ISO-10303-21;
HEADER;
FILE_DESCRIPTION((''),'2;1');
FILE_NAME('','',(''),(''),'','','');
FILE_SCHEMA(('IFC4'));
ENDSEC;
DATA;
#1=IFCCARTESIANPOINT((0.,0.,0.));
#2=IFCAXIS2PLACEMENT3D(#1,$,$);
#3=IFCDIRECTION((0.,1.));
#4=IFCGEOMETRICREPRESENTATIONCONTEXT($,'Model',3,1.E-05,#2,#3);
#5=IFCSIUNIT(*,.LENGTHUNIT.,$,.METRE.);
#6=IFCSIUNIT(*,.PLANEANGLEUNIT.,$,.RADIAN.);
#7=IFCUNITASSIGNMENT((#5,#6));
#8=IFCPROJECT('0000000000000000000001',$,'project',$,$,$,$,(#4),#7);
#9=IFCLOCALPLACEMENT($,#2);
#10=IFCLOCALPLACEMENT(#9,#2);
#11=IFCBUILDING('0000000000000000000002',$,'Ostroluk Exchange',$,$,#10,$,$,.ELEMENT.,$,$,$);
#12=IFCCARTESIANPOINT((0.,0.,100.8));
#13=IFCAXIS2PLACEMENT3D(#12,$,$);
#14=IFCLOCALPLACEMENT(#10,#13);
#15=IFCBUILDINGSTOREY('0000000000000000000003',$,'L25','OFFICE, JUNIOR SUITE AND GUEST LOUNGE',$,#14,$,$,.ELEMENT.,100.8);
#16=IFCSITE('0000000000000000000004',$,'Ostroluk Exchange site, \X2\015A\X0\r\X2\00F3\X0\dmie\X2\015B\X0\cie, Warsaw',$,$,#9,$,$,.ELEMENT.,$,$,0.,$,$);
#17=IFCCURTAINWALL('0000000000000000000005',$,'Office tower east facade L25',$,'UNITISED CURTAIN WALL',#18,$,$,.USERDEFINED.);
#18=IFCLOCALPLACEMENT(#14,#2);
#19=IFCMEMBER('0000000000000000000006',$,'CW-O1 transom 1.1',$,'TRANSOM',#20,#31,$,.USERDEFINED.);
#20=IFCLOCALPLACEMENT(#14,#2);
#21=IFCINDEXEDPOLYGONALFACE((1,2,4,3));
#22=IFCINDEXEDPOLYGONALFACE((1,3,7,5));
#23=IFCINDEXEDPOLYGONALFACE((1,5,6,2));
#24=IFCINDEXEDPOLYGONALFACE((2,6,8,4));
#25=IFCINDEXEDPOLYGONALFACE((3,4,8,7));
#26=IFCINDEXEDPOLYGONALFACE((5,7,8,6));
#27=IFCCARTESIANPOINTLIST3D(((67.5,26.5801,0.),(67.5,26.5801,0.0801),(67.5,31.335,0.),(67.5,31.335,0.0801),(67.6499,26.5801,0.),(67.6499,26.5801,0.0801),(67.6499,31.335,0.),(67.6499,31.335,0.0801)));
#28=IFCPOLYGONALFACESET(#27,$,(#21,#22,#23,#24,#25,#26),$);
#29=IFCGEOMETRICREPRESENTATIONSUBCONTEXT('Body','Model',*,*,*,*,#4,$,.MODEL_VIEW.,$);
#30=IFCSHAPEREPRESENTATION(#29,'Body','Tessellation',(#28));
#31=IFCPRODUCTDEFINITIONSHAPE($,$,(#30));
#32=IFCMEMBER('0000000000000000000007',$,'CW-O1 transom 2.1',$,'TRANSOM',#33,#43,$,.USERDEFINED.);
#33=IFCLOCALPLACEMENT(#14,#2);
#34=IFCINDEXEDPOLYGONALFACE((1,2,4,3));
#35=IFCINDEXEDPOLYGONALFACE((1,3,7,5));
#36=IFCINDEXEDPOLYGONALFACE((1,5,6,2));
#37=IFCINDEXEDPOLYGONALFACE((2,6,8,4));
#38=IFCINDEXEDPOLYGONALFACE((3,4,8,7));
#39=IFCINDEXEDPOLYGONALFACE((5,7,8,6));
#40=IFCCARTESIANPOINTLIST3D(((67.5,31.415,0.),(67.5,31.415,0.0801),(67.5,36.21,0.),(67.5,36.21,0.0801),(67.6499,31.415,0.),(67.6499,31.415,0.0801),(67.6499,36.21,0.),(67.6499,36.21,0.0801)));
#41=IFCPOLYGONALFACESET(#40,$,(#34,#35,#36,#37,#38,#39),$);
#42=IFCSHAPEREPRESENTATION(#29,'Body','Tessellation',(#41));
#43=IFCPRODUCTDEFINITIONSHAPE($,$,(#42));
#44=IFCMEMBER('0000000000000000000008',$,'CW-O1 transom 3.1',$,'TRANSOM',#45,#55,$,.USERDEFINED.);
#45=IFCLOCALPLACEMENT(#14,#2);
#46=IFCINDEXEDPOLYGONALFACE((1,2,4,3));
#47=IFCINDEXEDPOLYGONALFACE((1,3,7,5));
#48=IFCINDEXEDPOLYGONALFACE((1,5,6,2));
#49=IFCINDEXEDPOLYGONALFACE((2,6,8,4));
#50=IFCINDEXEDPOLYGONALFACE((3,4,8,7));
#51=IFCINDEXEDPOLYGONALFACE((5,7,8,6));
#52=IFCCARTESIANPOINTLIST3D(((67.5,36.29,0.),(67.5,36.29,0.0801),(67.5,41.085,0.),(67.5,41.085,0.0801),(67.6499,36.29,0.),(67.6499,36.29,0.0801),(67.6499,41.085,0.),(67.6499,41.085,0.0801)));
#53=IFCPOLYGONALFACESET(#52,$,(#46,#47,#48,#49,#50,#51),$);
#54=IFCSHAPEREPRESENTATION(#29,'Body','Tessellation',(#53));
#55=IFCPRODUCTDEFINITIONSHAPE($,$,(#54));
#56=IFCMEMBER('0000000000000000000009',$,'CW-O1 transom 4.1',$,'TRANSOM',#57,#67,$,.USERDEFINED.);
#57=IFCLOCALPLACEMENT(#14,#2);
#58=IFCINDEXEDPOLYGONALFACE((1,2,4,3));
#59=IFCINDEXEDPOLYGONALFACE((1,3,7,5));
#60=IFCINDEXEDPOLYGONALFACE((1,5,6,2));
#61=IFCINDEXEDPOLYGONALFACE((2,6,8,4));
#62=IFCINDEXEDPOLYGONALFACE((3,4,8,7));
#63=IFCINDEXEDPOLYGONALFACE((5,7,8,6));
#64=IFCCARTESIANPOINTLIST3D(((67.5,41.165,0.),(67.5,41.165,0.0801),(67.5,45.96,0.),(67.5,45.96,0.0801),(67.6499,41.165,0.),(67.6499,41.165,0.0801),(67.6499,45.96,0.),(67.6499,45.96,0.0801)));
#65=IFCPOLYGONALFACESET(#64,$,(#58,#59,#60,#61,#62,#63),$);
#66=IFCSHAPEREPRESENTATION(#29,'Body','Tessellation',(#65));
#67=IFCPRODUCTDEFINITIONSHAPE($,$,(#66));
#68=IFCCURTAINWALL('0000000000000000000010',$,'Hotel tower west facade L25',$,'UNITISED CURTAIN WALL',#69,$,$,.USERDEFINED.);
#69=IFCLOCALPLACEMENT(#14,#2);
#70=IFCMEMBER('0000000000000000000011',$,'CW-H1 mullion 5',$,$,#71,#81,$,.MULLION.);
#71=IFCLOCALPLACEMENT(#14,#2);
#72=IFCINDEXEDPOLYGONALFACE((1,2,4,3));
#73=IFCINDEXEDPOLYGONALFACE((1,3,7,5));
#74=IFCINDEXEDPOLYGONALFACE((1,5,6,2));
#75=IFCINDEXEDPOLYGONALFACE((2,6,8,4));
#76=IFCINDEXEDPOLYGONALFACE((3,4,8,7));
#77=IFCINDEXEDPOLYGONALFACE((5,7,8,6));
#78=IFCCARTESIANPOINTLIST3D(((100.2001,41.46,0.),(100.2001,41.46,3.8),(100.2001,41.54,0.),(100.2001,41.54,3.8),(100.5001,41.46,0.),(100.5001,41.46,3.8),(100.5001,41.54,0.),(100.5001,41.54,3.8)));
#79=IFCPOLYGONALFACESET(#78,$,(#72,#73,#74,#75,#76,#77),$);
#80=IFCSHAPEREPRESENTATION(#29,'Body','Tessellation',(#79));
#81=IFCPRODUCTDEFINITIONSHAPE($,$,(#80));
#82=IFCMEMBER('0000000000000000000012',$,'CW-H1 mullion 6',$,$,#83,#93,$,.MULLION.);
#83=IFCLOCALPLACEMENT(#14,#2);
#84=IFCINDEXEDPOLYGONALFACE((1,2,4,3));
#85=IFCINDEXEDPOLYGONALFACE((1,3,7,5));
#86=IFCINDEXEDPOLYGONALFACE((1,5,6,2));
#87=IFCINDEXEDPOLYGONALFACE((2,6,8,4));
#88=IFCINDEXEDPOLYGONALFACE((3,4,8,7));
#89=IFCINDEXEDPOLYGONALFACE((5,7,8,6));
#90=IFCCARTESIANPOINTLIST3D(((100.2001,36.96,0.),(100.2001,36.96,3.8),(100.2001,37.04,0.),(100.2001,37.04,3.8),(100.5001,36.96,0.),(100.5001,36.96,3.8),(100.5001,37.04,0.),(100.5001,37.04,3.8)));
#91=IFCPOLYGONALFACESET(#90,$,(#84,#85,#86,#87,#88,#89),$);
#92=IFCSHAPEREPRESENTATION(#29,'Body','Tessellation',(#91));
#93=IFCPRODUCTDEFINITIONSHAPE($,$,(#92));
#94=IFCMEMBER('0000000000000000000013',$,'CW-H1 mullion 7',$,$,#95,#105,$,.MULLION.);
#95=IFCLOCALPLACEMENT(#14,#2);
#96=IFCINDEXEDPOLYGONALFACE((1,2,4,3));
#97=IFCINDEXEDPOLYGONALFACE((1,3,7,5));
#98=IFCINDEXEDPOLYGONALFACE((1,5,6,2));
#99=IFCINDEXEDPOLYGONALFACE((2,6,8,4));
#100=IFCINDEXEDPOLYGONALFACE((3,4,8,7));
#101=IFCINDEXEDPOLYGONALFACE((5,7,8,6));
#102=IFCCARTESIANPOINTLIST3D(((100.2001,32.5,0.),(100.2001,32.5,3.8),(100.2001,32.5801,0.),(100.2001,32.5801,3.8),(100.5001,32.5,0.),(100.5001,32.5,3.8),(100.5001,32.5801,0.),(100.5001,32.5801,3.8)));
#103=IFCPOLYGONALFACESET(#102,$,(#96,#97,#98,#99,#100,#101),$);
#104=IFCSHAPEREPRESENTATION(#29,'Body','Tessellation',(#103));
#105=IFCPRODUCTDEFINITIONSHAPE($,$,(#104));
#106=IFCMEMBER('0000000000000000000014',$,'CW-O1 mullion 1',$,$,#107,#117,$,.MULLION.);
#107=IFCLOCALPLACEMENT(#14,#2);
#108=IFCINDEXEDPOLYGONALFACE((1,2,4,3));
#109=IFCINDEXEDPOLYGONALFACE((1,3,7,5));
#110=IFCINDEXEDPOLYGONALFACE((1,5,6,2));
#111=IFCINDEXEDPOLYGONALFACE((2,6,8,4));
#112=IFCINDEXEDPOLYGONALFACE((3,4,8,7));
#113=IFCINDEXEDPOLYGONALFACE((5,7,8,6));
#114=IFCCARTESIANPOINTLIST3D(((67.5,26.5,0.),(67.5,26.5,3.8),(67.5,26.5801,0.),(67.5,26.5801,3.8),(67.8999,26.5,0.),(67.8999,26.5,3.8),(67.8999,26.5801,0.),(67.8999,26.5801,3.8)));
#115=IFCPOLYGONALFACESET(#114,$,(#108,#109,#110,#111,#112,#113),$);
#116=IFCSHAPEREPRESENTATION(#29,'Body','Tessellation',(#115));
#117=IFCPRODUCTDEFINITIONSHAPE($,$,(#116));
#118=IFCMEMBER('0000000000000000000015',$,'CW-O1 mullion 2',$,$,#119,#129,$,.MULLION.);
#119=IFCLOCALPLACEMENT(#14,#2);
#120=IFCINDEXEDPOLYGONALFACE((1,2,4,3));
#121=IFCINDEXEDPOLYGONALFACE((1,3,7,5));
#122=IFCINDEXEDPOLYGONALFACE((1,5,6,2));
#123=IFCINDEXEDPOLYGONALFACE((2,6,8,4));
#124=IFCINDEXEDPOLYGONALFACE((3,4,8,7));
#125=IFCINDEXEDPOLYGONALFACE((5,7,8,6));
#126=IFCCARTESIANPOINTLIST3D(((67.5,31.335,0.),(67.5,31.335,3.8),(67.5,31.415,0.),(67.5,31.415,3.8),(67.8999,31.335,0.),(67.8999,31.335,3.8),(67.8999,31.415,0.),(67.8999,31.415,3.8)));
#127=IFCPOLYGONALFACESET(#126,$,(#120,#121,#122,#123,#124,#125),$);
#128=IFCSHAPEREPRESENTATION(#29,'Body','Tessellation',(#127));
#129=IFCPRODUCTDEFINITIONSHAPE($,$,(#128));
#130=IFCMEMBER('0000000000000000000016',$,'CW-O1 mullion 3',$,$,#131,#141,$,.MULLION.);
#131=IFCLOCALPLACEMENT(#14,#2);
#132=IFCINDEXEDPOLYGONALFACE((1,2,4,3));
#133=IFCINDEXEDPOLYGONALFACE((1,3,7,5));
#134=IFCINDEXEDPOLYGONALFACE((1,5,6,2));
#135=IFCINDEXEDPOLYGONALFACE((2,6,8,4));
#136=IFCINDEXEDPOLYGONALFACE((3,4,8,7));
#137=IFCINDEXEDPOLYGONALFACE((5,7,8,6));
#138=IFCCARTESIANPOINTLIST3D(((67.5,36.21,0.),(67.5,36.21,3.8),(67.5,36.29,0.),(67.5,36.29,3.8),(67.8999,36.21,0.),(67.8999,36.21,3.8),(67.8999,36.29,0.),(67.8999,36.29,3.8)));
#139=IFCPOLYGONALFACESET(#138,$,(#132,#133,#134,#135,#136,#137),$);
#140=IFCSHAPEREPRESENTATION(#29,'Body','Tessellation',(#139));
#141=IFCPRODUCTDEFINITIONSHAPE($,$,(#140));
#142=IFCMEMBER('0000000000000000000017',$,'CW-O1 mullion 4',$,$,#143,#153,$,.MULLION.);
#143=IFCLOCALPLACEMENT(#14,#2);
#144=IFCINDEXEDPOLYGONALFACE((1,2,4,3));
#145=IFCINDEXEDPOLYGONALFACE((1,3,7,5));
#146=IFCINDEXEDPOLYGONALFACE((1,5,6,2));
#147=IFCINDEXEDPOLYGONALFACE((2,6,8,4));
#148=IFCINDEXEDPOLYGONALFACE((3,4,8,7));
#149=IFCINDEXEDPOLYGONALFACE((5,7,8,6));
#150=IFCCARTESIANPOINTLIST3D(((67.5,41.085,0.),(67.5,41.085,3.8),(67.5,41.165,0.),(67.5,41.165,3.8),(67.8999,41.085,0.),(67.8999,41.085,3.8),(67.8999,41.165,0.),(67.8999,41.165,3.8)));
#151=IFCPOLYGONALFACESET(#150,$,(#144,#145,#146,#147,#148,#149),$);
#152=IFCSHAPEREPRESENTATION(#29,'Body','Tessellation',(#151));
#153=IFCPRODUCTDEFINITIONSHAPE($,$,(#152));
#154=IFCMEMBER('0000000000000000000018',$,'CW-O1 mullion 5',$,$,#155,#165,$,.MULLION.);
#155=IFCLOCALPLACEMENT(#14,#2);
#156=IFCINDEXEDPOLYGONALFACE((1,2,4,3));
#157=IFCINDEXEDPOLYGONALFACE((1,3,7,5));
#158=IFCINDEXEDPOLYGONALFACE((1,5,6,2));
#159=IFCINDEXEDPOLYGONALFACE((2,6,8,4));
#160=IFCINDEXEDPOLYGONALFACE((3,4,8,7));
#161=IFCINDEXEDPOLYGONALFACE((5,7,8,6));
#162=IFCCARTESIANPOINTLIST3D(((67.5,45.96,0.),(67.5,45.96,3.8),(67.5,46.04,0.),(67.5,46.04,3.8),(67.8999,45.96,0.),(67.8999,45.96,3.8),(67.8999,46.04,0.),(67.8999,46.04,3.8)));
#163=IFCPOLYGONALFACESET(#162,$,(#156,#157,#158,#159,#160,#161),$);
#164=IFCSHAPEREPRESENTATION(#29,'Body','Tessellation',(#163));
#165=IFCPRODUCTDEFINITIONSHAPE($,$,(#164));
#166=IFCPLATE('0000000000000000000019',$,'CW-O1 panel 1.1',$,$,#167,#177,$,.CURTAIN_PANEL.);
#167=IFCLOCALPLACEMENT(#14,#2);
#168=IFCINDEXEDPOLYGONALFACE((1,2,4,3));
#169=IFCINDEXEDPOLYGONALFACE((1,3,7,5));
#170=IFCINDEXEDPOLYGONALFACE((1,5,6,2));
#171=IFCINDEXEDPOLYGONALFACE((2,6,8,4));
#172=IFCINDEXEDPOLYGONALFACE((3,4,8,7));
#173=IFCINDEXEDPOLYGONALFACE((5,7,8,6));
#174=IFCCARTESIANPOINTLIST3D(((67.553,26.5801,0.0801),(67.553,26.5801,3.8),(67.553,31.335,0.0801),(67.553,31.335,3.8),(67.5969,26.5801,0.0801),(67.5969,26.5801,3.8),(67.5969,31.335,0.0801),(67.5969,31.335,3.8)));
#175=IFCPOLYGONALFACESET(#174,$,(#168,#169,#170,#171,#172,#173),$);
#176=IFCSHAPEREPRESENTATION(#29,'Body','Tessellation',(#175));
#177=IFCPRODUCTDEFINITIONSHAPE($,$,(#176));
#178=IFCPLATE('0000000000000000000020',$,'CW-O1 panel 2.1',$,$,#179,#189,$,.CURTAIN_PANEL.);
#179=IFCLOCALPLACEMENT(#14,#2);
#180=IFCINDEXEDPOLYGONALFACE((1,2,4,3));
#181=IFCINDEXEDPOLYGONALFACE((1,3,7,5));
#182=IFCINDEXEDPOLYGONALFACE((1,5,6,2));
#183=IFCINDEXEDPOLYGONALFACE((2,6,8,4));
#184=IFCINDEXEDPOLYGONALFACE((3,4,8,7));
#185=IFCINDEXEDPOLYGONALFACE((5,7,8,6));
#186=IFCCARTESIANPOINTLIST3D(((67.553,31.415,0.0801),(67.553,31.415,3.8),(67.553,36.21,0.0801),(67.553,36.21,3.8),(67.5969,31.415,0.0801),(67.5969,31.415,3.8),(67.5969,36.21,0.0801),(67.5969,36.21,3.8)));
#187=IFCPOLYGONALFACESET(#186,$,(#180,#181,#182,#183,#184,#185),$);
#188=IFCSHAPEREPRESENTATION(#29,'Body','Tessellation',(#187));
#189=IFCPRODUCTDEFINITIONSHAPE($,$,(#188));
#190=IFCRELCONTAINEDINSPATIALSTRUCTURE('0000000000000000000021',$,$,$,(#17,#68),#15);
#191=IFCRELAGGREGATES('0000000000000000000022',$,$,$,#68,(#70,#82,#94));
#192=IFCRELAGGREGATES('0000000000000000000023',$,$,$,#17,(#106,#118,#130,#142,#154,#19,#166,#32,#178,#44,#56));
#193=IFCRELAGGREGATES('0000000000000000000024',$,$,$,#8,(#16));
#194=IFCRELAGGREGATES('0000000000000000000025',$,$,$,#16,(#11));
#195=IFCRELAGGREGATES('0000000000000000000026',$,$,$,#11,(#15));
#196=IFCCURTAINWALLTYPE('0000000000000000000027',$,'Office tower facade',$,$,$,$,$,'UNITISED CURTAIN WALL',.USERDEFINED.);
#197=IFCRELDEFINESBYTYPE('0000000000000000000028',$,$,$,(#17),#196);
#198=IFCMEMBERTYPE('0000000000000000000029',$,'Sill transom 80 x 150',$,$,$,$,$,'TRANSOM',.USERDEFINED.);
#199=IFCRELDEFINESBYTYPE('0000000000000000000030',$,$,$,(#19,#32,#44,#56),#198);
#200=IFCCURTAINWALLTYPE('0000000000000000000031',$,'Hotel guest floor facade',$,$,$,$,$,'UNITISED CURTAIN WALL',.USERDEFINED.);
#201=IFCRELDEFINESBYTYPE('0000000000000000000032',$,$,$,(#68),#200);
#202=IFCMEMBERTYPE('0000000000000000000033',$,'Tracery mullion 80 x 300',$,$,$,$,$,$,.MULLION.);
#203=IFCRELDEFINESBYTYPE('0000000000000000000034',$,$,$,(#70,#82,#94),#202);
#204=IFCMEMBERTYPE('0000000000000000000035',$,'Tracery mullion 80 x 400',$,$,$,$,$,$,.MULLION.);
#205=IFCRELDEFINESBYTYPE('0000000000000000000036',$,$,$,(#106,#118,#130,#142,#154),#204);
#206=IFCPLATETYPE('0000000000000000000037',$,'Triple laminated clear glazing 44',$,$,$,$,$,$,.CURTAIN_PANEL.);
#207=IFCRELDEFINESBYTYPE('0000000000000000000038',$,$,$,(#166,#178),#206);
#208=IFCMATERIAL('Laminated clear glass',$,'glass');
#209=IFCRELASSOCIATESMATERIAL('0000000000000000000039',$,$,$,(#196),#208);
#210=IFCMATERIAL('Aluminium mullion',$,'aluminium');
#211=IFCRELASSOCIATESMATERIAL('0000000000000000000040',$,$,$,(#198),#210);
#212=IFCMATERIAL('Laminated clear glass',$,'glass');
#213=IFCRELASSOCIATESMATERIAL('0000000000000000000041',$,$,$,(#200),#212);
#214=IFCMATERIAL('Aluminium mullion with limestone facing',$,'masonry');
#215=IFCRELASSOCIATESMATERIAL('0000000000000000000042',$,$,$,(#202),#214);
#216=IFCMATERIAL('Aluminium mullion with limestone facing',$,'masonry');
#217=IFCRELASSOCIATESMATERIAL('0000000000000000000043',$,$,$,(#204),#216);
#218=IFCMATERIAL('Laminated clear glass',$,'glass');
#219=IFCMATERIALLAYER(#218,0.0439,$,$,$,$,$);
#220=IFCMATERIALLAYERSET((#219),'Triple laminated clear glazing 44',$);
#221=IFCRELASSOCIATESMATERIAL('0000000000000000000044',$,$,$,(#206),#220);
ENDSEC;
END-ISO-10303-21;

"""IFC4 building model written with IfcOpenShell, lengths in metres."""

from ifc_helpers import new_model, si_unit, direction, frame, origin, origin_2d, place, context, subcontext, project, spatial, rectangle, extrude, material, layer, layer_set, material_profile, profile_set, type_object, element, aggregate, save


model = new_model("IFC4")

# Units and contexts
model_context = context("Model", 3, precision=1e-05, world=origin(), true_north=direction((0.0, 1.0)))
body_context = subcontext(model_context, "Body", "Model", "MODEL_VIEW")
ifc_project = project(units=[si_unit("LENGTHUNIT", "METRE"), si_unit("PLANEANGLEUNIT", "RADIAN")], contexts=[model_context])

# Site, building, storey
site_placement = place(None, origin())
site = spatial("IfcSite", under=ifc_project, at=site_placement, Name="Ostroluk Exchange site, Śródmieście, Warsaw", CompositionType="ELEMENT", RefElevation=0.0)
building_placement = place(site_placement, origin())
building = spatial("IfcBuilding", under=site, at=building_placement, Name="Ostroluk Exchange", CompositionType="ELEMENT")
storey_placement = place(building_placement, frame((0.0, 0.0, 100.8)))
storey = spatial("IfcBuildingStorey", under=building, at=storey_placement, Name="L25", Description="OFFICE, JUNIOR SUITE AND GUEST LOUNGE", CompositionType="ELEMENT", Elevation=100.8)

# Curtain walls, members
ifc_material_1 = material(Name="Laminated clear glass", Category="glass")
curtain_wall_type_1 = type_object("IfcCurtainWallType", Name="Office tower facade", ElementType="UNITISED CURTAIN WALL", PredefinedType="USERDEFINED", material=ifc_material_1)
curtain_wall_1_placement = place(storey_placement, origin())
curtain_wall_1 = element("IfcCurtainWall", 1, at=curtain_wall_1_placement, inside=storey, type_object=curtain_wall_type_1, Name="Office tower east facade L25", ObjectType="UNITISED CURTAIN WALL", PredefinedType="USERDEFINED")
ifc_material_2 = material(Name="Aluminium mullion", Category="aluminium")
ifc_material_profile_1 = material_profile(ifc_material_2, rectangle(XDim=0.1499, YDim=0.0801, at=origin_2d()), Name="Sill transom 80 x 150")
ifc_profile_set_1 = profile_set([ifc_material_profile_1], Name="Aluminium mullion")
member_type_1 = type_object("IfcMemberType", Name="Sill transom 80 x 150", ElementType="TRANSOM", PredefinedType="USERDEFINED", material=ifc_profile_set_1)
member_1_placement = place(storey_placement, frame((67.575, 26.5801, 0.04), z_axis=(0.0, 1.0, 0.0), x_axis=(-1.0, 0.0, 0.0)))
member_1 = element("IfcMember", 2, at=member_1_placement, type_object=member_type_1, Name="CW-O1 transom 1.1", ObjectType="TRANSOM", PredefinedType="USERDEFINED", context=body_context, shape_type="SweptSolid", body=[
    extrude(rectangle(XDim=0.1499, YDim=0.0801, at=origin_2d()), origin(), (0.0, 0.0, 1.0), 4.7549),
])
member_2_placement = place(storey_placement, frame((67.575, 31.415, 0.04), z_axis=(0.0, 1.0, 0.0), x_axis=(-1.0, 0.0, 0.0)))
member_2 = element("IfcMember", 3, at=member_2_placement, type_object=member_type_1, Name="CW-O1 transom 2.1", ObjectType="TRANSOM", PredefinedType="USERDEFINED", context=body_context, shape_type="SweptSolid", body=[
    extrude(rectangle(XDim=0.1499, YDim=0.0801, at=origin_2d()), origin(), (0.0, 0.0, 1.0), 4.7949),
])
member_3_placement = place(storey_placement, frame((67.575, 36.29, 0.04), z_axis=(0.0, 1.0, 0.0), x_axis=(-1.0, 0.0, 0.0)))
member_3 = element("IfcMember", 4, at=member_3_placement, type_object=member_type_1, Name="CW-O1 transom 3.1", ObjectType="TRANSOM", PredefinedType="USERDEFINED", context=body_context, shape_type="SweptSolid", body=[
    extrude(rectangle(XDim=0.1499, YDim=0.0801, at=origin_2d()), origin(), (0.0, 0.0, 1.0), 4.7949),
])
member_4_placement = place(storey_placement, frame((67.575, 41.165, 0.04), z_axis=(0.0, 1.0, 0.0), x_axis=(-1.0, 0.0, 0.0)))
member_4 = element("IfcMember", 5, at=member_4_placement, type_object=member_type_1, Name="CW-O1 transom 4.1", ObjectType="TRANSOM", PredefinedType="USERDEFINED", context=body_context, shape_type="SweptSolid", body=[
    extrude(rectangle(XDim=0.1499, YDim=0.0801, at=origin_2d()), origin(), (0.0, 0.0, 1.0), 4.7949),
])
ifc_material_3 = material(Name="Laminated clear glass", Category="glass")
curtain_wall_type_2 = type_object("IfcCurtainWallType", Name="Hotel guest floor facade", ElementType="UNITISED CURTAIN WALL", PredefinedType="USERDEFINED", material=ifc_material_3)
curtain_wall_2_placement = place(storey_placement, origin())
curtain_wall_2 = element("IfcCurtainWall", 6, at=curtain_wall_2_placement, inside=storey, type_object=curtain_wall_type_2, Name="Hotel tower west facade L25", ObjectType="UNITISED CURTAIN WALL", PredefinedType="USERDEFINED")
ifc_material_4 = material(Name="Aluminium mullion with limestone facing", Category="masonry")
ifc_material_profile_2 = material_profile(ifc_material_4, rectangle(XDim=0.3, YDim=0.0801, at=origin_2d()), Name="Tracery mullion 80 x 300")
ifc_profile_set_2 = profile_set([ifc_material_profile_2], Name="Aluminium mullion with limestone facing")
member_type_2 = type_object("IfcMemberType", Name="Tracery mullion 80 x 300", PredefinedType="MULLION", material=ifc_profile_set_2)
member_5_placement = place(storey_placement, frame((100.3501, 41.5, 0.0), z_axis=(0.0, 0.0, 1.0), x_axis=(1.0, 0.0, 0.0)))
member_5 = element("IfcMember", 7, at=member_5_placement, type_object=member_type_2, Name="CW-H1 mullion 5", PredefinedType="MULLION", context=body_context, shape_type="SweptSolid", body=[
    extrude(rectangle(XDim=0.3, YDim=0.0801, at=origin_2d()), origin(), (0.0, 0.0, 1.0), 3.8),
])
member_6_placement = place(storey_placement, frame((100.3501, 37.0, 0.0), z_axis=(0.0, 0.0, 1.0), x_axis=(1.0, 0.0, 0.0)))
member_6 = element("IfcMember", 8, at=member_6_placement, type_object=member_type_2, Name="CW-H1 mullion 6", PredefinedType="MULLION", context=body_context, shape_type="SweptSolid", body=[
    extrude(rectangle(XDim=0.3, YDim=0.0801, at=origin_2d()), origin(), (0.0, 0.0, 1.0), 3.8),
])
member_7_placement = place(storey_placement, frame((100.3501, 32.54, 0.0), z_axis=(0.0, 0.0, 1.0), x_axis=(1.0, 0.0, 0.0)))
member_7 = element("IfcMember", 9, at=member_7_placement, type_object=member_type_2, Name="CW-H1 mullion 7", PredefinedType="MULLION", context=body_context, shape_type="SweptSolid", body=[
    extrude(rectangle(XDim=0.3, YDim=0.0801, at=origin_2d()), origin(), (0.0, 0.0, 1.0), 3.8),
])
aggregate(curtain_wall_2, [member_5, member_6, member_7])

# Members
ifc_material_5 = material(Name="Aluminium mullion with limestone facing", Category="masonry")
ifc_material_profile_3 = material_profile(ifc_material_5, rectangle(XDim=0.3999, YDim=0.0801, at=origin_2d()), Name="Tracery mullion 80 x 400")
ifc_profile_set_3 = profile_set([ifc_material_profile_3], Name="Aluminium mullion with limestone facing")
member_type_3 = type_object("IfcMemberType", Name="Tracery mullion 80 x 400", PredefinedType="MULLION", material=ifc_profile_set_3)
member_8_placement = place(storey_placement, frame((67.7, 26.54, 0.0), z_axis=(0.0, 0.0, 1.0), x_axis=(-1.0, 0.0, 0.0)))
member_8 = element("IfcMember", 10, at=member_8_placement, type_object=member_type_3, Name="CW-O1 mullion 1", PredefinedType="MULLION", context=body_context, shape_type="SweptSolid", body=[
    extrude(rectangle(XDim=0.3999, YDim=0.0801, at=origin_2d()), origin(), (0.0, 0.0, 1.0), 3.8),
])
member_9_placement = place(storey_placement, frame((67.7, 31.375, 0.0), z_axis=(0.0, 0.0, 1.0), x_axis=(-1.0, 0.0, 0.0)))
member_9 = element("IfcMember", 11, at=member_9_placement, type_object=member_type_3, Name="CW-O1 mullion 2", PredefinedType="MULLION", context=body_context, shape_type="SweptSolid", body=[
    extrude(rectangle(XDim=0.3999, YDim=0.0801, at=origin_2d()), origin(), (0.0, 0.0, 1.0), 3.8),
])
member_10_placement = place(storey_placement, frame((67.7, 36.25, 0.0), z_axis=(0.0, 0.0, 1.0), x_axis=(-1.0, 0.0, 0.0)))
member_10 = element("IfcMember", 12, at=member_10_placement, type_object=member_type_3, Name="CW-O1 mullion 3", PredefinedType="MULLION", context=body_context, shape_type="SweptSolid", body=[
    extrude(rectangle(XDim=0.3999, YDim=0.0801, at=origin_2d()), origin(), (0.0, 0.0, 1.0), 3.8),
])
member_11_placement = place(storey_placement, frame((67.7, 41.125, 0.0), z_axis=(0.0, 0.0, 1.0), x_axis=(-1.0, 0.0, 0.0)))
member_11 = element("IfcMember", 13, at=member_11_placement, type_object=member_type_3, Name="CW-O1 mullion 4", PredefinedType="MULLION", context=body_context, shape_type="SweptSolid", body=[
    extrude(rectangle(XDim=0.3999, YDim=0.0801, at=origin_2d()), origin(), (0.0, 0.0, 1.0), 3.8),
])
member_12_placement = place(storey_placement, frame((67.7, 46.0, 0.0), z_axis=(0.0, 0.0, 1.0), x_axis=(-1.0, 0.0, 0.0)))
member_12 = element("IfcMember", 14, at=member_12_placement, type_object=member_type_3, Name="CW-O1 mullion 5", PredefinedType="MULLION", context=body_context, shape_type="SweptSolid", body=[
    extrude(rectangle(XDim=0.3999, YDim=0.0801, at=origin_2d()), origin(), (0.0, 0.0, 1.0), 3.8),
])

# Plates
ifc_material_6 = material(Name="Laminated clear glass", Category="glass")
ifc_layer_1 = layer(ifc_material_6, 0.0439)
ifc_layer_set_1 = layer_set([ifc_layer_1], Name="Triple laminated clear glazing 44")
plate_type = type_object("IfcPlateType", Name="Triple laminated clear glazing 44", PredefinedType="CURTAIN_PANEL", material=ifc_layer_set_1)
plate_1_placement = place(storey_placement, frame((67.575, 28.9575, 0.0801), z_axis=(0.0, 0.0, 1.0), x_axis=(0.0, 1.0, 0.0)))
plate_1 = element("IfcPlate", 15, at=plate_1_placement, type_object=plate_type, Name="CW-O1 panel 1.1", PredefinedType="CURTAIN_PANEL", context=body_context, shape_type="SweptSolid", body=[
    extrude(rectangle(XDim=4.7549, YDim=0.0439, at=origin_2d()), origin(), (0.0, 0.0, 1.0), 3.72),
])
plate_2_placement = place(storey_placement, frame((67.575, 33.8125, 0.0801), z_axis=(0.0, 0.0, 1.0), x_axis=(0.0, 1.0, 0.0)))
plate_2 = element("IfcPlate", 16, at=plate_2_placement, type_object=plate_type, Name="CW-O1 panel 2.1", PredefinedType="CURTAIN_PANEL", context=body_context, shape_type="SweptSolid", body=[
    extrude(rectangle(XDim=4.7949, YDim=0.0439, at=origin_2d()), origin(), (0.0, 0.0, 1.0), 3.72),
])
aggregate(curtain_wall_1, [member_8, member_9, member_10, member_11, member_12, member_1, plate_1, member_2, plate_2, member_3, member_4])

save(model, "model.ifc")
